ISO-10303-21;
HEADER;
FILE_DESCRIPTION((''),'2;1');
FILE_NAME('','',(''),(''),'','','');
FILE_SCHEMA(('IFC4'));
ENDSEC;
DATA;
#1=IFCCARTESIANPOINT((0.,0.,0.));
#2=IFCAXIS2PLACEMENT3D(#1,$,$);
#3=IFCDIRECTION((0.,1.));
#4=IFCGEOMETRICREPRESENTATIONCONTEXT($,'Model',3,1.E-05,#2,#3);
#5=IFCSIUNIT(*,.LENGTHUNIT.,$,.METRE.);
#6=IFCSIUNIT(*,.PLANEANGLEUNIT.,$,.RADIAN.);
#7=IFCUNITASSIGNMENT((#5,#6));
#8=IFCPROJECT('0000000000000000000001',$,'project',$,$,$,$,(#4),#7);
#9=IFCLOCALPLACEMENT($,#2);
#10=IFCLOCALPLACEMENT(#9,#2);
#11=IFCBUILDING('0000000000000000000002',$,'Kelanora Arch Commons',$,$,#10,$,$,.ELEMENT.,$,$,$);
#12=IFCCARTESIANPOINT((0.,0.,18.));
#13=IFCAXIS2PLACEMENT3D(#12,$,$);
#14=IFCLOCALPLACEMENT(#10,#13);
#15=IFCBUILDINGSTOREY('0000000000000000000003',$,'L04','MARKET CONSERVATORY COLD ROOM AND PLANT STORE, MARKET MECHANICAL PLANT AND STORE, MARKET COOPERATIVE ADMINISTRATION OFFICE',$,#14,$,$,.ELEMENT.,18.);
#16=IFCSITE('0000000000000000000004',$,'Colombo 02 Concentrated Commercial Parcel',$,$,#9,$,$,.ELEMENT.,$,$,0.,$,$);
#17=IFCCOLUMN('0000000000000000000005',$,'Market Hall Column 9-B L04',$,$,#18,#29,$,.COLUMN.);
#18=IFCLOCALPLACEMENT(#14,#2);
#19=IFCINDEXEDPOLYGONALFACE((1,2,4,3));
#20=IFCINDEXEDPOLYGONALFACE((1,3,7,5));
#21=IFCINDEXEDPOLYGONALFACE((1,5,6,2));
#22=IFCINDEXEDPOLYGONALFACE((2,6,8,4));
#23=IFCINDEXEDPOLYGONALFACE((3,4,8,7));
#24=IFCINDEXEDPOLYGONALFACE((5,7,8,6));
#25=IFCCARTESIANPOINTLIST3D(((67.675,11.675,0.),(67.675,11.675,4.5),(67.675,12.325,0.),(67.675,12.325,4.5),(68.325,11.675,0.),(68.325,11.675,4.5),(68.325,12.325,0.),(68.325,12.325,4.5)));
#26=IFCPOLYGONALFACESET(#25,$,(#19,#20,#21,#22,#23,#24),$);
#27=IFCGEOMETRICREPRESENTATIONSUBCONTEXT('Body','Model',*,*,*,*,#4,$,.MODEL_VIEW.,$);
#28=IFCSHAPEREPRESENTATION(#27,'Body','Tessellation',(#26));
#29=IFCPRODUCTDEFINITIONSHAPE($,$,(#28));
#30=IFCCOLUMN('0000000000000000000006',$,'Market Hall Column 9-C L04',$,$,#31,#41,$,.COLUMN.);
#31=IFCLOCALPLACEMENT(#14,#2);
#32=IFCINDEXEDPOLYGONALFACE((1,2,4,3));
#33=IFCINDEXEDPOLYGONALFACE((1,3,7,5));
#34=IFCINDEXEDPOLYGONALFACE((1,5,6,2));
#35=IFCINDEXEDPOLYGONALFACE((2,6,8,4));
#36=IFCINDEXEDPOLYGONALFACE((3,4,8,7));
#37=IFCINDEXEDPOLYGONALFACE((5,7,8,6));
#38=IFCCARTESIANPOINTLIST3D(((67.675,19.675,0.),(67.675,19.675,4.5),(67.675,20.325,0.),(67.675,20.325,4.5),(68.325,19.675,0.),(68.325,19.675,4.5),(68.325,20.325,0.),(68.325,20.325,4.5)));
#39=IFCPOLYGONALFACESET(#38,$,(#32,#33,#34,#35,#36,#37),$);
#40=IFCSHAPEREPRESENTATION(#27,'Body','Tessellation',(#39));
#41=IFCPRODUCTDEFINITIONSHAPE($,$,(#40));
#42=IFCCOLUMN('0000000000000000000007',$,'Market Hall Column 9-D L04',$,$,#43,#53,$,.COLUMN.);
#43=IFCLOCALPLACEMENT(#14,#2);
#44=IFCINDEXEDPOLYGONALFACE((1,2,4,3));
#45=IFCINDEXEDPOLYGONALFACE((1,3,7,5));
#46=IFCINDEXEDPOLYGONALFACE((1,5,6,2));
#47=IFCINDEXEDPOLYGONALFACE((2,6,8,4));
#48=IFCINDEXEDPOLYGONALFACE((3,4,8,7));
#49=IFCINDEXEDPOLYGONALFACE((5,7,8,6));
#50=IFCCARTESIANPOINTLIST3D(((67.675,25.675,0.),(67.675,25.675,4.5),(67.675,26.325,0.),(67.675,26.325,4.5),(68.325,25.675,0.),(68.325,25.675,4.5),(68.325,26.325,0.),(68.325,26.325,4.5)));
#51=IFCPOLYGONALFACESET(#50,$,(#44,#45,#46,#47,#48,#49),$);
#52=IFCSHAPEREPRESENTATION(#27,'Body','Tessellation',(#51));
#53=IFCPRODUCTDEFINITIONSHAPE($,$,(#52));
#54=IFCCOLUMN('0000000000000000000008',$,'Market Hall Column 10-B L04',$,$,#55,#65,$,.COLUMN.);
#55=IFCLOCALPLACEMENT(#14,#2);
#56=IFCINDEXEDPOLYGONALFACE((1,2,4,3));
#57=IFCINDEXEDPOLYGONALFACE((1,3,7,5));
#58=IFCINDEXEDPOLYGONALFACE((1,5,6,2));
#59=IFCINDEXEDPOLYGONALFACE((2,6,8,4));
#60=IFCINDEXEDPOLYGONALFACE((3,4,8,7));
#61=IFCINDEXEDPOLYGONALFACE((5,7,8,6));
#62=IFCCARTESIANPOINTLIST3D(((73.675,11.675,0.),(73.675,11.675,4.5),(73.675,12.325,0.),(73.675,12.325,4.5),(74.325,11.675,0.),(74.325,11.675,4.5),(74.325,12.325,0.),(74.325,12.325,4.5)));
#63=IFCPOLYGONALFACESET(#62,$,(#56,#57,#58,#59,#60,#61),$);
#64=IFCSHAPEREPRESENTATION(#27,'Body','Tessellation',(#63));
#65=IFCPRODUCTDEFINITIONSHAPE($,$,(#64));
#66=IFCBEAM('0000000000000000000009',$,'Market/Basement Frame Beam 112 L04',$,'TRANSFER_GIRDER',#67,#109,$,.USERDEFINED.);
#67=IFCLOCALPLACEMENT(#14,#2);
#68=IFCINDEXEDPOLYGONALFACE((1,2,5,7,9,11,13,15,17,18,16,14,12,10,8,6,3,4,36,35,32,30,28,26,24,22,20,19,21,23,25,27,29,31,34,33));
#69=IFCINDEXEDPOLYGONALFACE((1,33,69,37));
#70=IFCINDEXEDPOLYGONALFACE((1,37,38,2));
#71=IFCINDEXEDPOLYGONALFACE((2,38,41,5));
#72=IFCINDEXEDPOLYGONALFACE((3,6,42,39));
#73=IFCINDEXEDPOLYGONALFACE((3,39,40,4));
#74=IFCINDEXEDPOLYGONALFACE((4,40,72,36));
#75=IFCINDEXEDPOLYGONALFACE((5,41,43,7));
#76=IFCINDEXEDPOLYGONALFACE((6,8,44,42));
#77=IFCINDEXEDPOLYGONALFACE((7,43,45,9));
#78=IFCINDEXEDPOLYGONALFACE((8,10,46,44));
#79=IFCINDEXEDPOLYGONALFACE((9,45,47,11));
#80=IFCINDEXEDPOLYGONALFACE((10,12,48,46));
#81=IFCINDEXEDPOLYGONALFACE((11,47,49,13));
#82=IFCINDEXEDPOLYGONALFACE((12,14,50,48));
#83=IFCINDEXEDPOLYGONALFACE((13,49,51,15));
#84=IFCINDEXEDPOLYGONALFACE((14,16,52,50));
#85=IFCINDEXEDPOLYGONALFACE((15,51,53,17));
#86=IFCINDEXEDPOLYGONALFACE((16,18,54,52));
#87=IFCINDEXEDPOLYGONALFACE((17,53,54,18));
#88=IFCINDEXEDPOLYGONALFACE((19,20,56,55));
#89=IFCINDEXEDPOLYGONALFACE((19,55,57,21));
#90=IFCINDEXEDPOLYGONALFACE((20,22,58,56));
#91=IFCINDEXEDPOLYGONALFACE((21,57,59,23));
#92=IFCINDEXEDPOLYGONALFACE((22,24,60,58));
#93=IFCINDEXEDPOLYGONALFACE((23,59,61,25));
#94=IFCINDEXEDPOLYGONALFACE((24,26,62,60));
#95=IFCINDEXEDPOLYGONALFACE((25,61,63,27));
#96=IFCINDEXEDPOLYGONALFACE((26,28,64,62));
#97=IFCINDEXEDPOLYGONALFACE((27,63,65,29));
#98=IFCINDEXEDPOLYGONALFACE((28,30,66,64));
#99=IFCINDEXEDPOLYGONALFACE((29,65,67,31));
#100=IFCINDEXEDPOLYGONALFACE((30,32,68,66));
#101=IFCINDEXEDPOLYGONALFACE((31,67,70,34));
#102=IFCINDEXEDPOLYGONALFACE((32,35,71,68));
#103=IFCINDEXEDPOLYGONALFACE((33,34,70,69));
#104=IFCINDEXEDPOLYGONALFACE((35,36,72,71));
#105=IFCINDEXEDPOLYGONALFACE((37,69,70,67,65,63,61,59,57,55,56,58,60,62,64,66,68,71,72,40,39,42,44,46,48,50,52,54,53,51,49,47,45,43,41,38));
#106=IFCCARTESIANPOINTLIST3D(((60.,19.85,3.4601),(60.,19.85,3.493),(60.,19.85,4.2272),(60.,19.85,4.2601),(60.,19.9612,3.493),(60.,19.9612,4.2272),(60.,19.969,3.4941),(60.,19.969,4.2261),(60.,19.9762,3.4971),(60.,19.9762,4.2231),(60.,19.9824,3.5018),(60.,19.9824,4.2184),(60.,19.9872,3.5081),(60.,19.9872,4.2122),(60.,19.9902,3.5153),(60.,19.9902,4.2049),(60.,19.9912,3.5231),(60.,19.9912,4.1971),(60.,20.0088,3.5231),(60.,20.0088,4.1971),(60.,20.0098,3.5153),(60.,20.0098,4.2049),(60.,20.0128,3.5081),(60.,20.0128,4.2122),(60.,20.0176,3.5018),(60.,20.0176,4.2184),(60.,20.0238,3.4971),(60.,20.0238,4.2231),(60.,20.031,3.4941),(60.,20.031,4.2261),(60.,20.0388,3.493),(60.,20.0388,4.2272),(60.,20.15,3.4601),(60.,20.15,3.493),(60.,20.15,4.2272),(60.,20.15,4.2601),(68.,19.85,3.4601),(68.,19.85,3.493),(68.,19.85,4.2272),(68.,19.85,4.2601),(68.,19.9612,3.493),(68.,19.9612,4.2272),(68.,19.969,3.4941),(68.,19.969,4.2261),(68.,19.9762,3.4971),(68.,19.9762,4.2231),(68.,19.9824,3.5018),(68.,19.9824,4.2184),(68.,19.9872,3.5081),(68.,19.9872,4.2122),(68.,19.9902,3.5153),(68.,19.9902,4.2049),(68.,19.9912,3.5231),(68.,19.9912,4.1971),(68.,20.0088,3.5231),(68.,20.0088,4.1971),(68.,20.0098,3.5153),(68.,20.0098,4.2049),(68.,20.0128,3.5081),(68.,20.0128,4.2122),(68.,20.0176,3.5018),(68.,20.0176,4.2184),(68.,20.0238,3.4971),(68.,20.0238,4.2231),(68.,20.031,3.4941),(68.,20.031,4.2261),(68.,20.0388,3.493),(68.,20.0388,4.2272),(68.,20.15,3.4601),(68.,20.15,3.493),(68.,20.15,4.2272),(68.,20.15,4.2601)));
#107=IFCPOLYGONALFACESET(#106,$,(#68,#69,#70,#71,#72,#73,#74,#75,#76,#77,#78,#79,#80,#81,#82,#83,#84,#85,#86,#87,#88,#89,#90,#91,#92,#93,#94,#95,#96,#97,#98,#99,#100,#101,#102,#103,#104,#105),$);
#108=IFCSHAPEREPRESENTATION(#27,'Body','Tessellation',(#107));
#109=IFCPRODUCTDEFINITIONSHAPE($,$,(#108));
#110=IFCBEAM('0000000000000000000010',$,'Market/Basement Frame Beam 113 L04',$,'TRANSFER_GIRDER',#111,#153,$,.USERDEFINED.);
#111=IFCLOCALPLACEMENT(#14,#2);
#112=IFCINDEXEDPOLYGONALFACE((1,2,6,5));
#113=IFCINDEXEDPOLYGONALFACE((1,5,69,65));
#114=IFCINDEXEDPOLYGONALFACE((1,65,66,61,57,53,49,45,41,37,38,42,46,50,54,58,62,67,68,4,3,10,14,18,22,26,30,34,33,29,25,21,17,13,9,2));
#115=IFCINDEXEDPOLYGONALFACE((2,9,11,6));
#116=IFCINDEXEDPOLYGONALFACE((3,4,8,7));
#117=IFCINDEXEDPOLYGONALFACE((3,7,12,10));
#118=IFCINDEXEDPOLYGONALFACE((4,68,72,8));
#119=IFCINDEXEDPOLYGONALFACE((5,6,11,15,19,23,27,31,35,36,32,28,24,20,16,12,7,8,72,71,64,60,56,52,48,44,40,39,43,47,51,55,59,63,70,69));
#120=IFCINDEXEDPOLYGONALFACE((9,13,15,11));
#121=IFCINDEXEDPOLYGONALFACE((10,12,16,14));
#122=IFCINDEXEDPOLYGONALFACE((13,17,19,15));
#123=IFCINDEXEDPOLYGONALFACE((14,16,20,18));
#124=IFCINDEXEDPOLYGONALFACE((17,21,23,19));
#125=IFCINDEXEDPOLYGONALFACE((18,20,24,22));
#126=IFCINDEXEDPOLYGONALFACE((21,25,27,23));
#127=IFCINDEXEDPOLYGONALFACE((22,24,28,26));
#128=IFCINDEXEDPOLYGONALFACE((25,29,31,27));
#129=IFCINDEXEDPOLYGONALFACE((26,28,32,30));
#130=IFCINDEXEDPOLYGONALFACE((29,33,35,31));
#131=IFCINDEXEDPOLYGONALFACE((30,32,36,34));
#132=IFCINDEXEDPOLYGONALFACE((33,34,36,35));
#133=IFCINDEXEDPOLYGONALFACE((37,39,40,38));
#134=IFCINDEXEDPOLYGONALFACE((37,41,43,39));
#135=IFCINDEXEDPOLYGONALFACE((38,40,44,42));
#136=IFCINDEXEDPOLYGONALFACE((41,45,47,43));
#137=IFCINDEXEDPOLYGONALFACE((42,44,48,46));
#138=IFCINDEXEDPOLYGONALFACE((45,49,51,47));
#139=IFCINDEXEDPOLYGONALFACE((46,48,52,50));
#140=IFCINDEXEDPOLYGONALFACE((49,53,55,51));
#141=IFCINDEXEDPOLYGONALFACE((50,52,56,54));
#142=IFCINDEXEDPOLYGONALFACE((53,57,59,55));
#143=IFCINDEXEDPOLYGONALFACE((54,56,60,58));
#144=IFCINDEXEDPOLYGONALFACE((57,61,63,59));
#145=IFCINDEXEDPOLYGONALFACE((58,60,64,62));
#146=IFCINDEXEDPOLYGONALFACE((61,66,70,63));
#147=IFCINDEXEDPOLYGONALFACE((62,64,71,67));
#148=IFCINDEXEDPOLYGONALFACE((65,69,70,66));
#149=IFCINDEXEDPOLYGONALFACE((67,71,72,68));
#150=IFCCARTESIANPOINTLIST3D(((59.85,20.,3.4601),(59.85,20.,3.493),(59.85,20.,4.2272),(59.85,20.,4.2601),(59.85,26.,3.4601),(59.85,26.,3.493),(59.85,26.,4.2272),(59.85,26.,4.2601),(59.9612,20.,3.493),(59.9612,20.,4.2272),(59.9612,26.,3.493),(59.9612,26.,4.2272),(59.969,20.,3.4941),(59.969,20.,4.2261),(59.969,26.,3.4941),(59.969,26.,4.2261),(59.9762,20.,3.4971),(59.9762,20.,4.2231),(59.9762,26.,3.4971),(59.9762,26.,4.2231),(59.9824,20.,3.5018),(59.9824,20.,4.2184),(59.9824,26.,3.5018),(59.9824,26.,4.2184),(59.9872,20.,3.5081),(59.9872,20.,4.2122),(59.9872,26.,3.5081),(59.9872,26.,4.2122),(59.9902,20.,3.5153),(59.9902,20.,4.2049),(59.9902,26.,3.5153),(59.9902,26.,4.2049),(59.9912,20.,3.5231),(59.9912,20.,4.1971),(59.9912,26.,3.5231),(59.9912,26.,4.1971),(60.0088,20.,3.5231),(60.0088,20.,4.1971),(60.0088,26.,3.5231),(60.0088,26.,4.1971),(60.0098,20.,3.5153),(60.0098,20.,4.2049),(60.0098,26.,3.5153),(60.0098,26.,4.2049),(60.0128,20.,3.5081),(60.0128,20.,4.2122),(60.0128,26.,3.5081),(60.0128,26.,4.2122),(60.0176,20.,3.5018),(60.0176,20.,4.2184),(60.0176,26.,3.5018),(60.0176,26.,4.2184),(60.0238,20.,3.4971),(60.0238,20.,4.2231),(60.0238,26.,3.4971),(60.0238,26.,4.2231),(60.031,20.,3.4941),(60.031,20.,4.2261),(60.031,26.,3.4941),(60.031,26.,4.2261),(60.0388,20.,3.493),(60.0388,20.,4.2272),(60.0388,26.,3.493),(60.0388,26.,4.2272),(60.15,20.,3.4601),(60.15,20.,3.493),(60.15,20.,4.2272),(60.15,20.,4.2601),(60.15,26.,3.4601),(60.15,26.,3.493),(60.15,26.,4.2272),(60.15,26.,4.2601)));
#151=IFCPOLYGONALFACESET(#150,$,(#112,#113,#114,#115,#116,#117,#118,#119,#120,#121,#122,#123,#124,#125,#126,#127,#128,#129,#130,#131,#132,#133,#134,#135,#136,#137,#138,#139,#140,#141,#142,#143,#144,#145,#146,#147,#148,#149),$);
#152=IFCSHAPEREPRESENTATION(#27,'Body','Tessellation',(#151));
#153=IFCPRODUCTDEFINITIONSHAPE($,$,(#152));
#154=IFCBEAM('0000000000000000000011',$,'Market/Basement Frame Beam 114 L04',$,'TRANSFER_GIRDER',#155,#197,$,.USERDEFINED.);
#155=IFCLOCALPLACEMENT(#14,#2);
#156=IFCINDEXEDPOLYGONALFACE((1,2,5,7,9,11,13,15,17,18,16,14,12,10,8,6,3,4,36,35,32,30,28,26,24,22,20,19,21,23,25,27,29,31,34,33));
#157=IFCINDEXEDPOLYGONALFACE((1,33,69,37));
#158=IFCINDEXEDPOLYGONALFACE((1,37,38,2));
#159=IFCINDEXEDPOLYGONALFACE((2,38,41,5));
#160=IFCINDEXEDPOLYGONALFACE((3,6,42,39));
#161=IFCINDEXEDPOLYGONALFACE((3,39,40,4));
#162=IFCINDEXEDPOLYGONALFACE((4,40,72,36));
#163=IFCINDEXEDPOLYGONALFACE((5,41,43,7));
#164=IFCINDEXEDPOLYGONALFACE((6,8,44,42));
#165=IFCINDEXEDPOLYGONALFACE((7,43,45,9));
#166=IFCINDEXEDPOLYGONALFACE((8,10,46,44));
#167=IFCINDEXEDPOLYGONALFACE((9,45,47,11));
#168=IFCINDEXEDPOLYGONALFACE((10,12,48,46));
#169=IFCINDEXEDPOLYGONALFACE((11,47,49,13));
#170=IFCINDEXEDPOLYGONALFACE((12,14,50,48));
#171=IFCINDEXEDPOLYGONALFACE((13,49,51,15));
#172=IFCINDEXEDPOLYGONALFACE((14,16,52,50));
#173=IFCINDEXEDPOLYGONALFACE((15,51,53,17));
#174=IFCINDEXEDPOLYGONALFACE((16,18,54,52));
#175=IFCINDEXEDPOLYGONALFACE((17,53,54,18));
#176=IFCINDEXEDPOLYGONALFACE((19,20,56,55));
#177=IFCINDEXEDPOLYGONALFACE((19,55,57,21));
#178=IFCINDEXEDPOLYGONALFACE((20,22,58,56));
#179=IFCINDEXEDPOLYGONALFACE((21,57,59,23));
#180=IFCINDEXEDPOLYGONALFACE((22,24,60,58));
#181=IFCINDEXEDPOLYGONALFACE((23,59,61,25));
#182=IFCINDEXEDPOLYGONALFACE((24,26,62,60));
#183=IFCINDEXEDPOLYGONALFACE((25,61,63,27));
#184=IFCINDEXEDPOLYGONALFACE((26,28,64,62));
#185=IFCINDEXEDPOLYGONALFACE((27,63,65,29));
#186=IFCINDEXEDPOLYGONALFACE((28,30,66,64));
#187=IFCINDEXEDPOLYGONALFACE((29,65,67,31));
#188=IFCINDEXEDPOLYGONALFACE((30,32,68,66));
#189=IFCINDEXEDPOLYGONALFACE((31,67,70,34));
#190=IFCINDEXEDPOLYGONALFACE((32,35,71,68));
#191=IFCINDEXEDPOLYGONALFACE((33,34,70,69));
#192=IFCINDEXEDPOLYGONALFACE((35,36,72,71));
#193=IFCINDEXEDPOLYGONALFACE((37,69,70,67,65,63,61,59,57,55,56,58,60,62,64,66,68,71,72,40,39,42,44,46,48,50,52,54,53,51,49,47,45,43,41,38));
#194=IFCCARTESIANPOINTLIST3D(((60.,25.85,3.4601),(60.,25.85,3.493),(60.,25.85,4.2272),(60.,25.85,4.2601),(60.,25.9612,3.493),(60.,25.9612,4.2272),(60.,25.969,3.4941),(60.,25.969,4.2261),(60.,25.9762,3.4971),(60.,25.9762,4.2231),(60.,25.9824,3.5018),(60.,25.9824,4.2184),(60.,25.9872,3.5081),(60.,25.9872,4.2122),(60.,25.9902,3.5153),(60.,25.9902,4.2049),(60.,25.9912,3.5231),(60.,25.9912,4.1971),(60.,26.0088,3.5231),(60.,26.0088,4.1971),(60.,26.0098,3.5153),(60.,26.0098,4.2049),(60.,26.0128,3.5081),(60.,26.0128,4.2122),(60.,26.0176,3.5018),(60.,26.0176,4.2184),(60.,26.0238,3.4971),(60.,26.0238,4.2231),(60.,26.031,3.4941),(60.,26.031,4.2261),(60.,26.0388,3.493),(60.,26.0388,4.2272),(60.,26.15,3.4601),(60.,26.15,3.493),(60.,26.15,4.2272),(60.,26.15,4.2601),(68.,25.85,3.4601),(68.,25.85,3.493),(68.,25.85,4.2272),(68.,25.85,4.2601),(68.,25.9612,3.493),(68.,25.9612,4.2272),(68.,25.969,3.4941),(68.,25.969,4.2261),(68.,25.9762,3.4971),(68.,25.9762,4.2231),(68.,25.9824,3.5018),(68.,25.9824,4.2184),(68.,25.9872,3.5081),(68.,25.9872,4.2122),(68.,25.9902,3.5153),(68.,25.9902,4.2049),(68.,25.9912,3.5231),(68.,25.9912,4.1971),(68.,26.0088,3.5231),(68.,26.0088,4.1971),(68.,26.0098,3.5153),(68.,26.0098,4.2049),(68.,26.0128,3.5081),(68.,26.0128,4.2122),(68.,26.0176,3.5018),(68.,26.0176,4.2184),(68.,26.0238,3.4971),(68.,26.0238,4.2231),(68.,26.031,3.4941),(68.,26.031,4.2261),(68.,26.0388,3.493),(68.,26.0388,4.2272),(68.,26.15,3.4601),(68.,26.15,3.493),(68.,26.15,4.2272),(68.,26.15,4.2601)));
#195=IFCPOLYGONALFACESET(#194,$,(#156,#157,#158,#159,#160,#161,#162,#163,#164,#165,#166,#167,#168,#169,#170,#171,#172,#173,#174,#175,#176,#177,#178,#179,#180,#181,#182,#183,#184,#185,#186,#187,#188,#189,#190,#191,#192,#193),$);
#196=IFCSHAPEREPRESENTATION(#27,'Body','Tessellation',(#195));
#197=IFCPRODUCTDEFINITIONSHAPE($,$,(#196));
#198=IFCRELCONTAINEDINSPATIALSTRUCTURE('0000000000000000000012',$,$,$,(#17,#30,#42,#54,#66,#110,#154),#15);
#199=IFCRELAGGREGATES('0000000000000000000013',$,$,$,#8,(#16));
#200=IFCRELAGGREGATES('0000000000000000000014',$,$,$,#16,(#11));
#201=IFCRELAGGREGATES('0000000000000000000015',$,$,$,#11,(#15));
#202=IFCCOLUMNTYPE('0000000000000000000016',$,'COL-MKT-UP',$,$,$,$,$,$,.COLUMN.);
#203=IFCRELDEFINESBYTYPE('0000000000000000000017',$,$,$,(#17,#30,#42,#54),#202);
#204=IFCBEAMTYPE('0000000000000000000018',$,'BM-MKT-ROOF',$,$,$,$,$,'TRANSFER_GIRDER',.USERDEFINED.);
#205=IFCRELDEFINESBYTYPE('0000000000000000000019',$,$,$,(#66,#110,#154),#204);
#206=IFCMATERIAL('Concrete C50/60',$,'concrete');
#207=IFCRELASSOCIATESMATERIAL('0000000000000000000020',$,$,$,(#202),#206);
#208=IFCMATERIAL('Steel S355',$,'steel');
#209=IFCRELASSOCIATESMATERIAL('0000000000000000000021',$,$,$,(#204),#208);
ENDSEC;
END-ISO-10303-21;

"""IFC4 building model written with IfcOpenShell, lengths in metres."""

from ifc_helpers import new_model, si_unit, direction, frame, origin, origin_2d, place, context, subcontext, project, spatial, rectangle, i_section, extrude, material, material_profile, profile_set, type_object, element, save


model = new_model("IFC4")

# Units and contexts
model_context = context("Model", 3, precision=1e-05, world=origin(), true_north=direction((0.0, 1.0)))
body_context = subcontext(model_context, "Body", "Model", "MODEL_VIEW")
ifc_project = project(units=[si_unit("LENGTHUNIT", "METRE"), si_unit("PLANEANGLEUNIT", "RADIAN")], contexts=[model_context])

# Site, building, storey
site_placement = place(None, origin())
site = spatial("IfcSite", under=ifc_project, at=site_placement, Name="Colombo 02 Concentrated Commercial Parcel", CompositionType="ELEMENT", RefElevation=0.0)
building_placement = place(site_placement, origin())
building = spatial("IfcBuilding", under=site, at=building_placement, Name="Kelanora Arch Commons", CompositionType="ELEMENT")
storey_placement = place(building_placement, frame((0.0, 0.0, 18.0)))
storey = spatial("IfcBuildingStorey", under=building, at=storey_placement, Name="L04", Description="MARKET CONSERVATORY COLD ROOM AND PLANT STORE, MARKET MECHANICAL PLANT AND STORE, MARKET COOPERATIVE ADMINISTRATION OFFICE", CompositionType="ELEMENT", Elevation=18.0)

# Columns
ifc_material_1 = material(Name="Concrete C50/60", Category="concrete")
ifc_material_profile_1 = material_profile(ifc_material_1, rectangle(XDim=0.6499, YDim=0.6499, at=origin_2d()), Name="RC650x650")
ifc_profile_set_1 = profile_set([ifc_material_profile_1], Name="Concrete C50/60")
column_type = type_object("IfcColumnType", Name="COL-MKT-UP", PredefinedType="COLUMN", material=ifc_profile_set_1)
for number, where, z_axis, x_axis, name in (
    (1, (68.0, 12.0, 0.0), (0.0, 0.0, 1.0), (1.0, 0.0, 0.0), "Market Hall Column 9-B L04"),
    (2, (68.0, 20.0, 0.0), (0.0, 0.0, 1.0), (1.0, 0.0, 0.0), "Market Hall Column 9-C L04"),
    (3, (68.0, 26.0, 0.0), (0.0, 0.0, 1.0), (1.0, 0.0, 0.0), "Market Hall Column 9-D L04"),
    (4, (74.0, 12.0, 0.0), (0.0, 0.0, 1.0), (1.0, 0.0, 0.0), "Market Hall Column 10-B L04"),
):
    element("IfcColumn", number, at=place(storey_placement, frame(where, z_axis=z_axis, x_axis=x_axis)), inside=storey, type_object=column_type, Name=name, PredefinedType="COLUMN", context=body_context, shape_type="SweptSolid", body=[
        extrude(rectangle(XDim=0.6499, YDim=0.6499, at=origin_2d()), origin(), (0.0, 0.0, 1.0), 4.5),
    ])

# Beams
ifc_material_2 = material(Name="Steel S355", Category="steel")
ifc_material_profile_2 = material_profile(ifc_material_2, i_section(OverallWidth=0.3, OverallDepth=0.8, WebThickness=0.0176, FlangeThickness=0.033, FilletRadius=0.03, at=origin_2d()), Name="HEB800")
ifc_profile_set_2 = profile_set([ifc_material_profile_2], Name="Steel S355")
beam_type = type_object("IfcBeamType", Name="BM-MKT-ROOF", ElementType="TRANSFER_GIRDER", PredefinedType="USERDEFINED", material=ifc_profile_set_2)
beam_1_placement = place(storey_placement, frame((60.0, 20.0, 3.8601), z_axis=(1.0, 0.0, 0.0), x_axis=(0.0, 1.0, 0.0)))
element("IfcBeam", 5, at=beam_1_placement, inside=storey, type_object=beam_type, Name="Market/Basement Frame Beam 112 L04", ObjectType="TRANSFER_GIRDER", PredefinedType="USERDEFINED", context=body_context, shape_type="SweptSolid", body=[
    extrude(i_section(OverallWidth=0.3, OverallDepth=0.8, WebThickness=0.0176, FlangeThickness=0.033, FilletRadius=0.03, at=origin_2d()), origin(), (0.0, 0.0, 1.0), 8.0),
])
beam_2_placement = place(storey_placement, frame((60.0, 20.0, 3.8601), z_axis=(0.0, 1.0, 0.0), x_axis=(-1.0, 0.0, 0.0)))
element("IfcBeam", 6, at=beam_2_placement, inside=storey, type_object=beam_type, Name="Market/Basement Frame Beam 113 L04", ObjectType="TRANSFER_GIRDER", PredefinedType="USERDEFINED", context=body_context, shape_type="SweptSolid", body=[
    extrude(i_section(OverallWidth=0.3, OverallDepth=0.8, WebThickness=0.0176, FlangeThickness=0.033, FilletRadius=0.03, at=origin_2d()), origin(), (0.0, 0.0, 1.0), 6.0),
])
beam_3_placement = place(storey_placement, frame((60.0, 26.0, 3.8601), z_axis=(1.0, 0.0, 0.0), x_axis=(0.0, 1.0, 0.0)))
element("IfcBeam", 7, at=beam_3_placement, inside=storey, type_object=beam_type, Name="Market/Basement Frame Beam 114 L04", ObjectType="TRANSFER_GIRDER", PredefinedType="USERDEFINED", context=body_context, shape_type="SweptSolid", body=[
    extrude(i_section(OverallWidth=0.3, OverallDepth=0.8, WebThickness=0.0176, FlangeThickness=0.033, FilletRadius=0.03, at=origin_2d()), origin(), (0.0, 0.0, 1.0), 8.0),
])

save(model, "model.ifc")
